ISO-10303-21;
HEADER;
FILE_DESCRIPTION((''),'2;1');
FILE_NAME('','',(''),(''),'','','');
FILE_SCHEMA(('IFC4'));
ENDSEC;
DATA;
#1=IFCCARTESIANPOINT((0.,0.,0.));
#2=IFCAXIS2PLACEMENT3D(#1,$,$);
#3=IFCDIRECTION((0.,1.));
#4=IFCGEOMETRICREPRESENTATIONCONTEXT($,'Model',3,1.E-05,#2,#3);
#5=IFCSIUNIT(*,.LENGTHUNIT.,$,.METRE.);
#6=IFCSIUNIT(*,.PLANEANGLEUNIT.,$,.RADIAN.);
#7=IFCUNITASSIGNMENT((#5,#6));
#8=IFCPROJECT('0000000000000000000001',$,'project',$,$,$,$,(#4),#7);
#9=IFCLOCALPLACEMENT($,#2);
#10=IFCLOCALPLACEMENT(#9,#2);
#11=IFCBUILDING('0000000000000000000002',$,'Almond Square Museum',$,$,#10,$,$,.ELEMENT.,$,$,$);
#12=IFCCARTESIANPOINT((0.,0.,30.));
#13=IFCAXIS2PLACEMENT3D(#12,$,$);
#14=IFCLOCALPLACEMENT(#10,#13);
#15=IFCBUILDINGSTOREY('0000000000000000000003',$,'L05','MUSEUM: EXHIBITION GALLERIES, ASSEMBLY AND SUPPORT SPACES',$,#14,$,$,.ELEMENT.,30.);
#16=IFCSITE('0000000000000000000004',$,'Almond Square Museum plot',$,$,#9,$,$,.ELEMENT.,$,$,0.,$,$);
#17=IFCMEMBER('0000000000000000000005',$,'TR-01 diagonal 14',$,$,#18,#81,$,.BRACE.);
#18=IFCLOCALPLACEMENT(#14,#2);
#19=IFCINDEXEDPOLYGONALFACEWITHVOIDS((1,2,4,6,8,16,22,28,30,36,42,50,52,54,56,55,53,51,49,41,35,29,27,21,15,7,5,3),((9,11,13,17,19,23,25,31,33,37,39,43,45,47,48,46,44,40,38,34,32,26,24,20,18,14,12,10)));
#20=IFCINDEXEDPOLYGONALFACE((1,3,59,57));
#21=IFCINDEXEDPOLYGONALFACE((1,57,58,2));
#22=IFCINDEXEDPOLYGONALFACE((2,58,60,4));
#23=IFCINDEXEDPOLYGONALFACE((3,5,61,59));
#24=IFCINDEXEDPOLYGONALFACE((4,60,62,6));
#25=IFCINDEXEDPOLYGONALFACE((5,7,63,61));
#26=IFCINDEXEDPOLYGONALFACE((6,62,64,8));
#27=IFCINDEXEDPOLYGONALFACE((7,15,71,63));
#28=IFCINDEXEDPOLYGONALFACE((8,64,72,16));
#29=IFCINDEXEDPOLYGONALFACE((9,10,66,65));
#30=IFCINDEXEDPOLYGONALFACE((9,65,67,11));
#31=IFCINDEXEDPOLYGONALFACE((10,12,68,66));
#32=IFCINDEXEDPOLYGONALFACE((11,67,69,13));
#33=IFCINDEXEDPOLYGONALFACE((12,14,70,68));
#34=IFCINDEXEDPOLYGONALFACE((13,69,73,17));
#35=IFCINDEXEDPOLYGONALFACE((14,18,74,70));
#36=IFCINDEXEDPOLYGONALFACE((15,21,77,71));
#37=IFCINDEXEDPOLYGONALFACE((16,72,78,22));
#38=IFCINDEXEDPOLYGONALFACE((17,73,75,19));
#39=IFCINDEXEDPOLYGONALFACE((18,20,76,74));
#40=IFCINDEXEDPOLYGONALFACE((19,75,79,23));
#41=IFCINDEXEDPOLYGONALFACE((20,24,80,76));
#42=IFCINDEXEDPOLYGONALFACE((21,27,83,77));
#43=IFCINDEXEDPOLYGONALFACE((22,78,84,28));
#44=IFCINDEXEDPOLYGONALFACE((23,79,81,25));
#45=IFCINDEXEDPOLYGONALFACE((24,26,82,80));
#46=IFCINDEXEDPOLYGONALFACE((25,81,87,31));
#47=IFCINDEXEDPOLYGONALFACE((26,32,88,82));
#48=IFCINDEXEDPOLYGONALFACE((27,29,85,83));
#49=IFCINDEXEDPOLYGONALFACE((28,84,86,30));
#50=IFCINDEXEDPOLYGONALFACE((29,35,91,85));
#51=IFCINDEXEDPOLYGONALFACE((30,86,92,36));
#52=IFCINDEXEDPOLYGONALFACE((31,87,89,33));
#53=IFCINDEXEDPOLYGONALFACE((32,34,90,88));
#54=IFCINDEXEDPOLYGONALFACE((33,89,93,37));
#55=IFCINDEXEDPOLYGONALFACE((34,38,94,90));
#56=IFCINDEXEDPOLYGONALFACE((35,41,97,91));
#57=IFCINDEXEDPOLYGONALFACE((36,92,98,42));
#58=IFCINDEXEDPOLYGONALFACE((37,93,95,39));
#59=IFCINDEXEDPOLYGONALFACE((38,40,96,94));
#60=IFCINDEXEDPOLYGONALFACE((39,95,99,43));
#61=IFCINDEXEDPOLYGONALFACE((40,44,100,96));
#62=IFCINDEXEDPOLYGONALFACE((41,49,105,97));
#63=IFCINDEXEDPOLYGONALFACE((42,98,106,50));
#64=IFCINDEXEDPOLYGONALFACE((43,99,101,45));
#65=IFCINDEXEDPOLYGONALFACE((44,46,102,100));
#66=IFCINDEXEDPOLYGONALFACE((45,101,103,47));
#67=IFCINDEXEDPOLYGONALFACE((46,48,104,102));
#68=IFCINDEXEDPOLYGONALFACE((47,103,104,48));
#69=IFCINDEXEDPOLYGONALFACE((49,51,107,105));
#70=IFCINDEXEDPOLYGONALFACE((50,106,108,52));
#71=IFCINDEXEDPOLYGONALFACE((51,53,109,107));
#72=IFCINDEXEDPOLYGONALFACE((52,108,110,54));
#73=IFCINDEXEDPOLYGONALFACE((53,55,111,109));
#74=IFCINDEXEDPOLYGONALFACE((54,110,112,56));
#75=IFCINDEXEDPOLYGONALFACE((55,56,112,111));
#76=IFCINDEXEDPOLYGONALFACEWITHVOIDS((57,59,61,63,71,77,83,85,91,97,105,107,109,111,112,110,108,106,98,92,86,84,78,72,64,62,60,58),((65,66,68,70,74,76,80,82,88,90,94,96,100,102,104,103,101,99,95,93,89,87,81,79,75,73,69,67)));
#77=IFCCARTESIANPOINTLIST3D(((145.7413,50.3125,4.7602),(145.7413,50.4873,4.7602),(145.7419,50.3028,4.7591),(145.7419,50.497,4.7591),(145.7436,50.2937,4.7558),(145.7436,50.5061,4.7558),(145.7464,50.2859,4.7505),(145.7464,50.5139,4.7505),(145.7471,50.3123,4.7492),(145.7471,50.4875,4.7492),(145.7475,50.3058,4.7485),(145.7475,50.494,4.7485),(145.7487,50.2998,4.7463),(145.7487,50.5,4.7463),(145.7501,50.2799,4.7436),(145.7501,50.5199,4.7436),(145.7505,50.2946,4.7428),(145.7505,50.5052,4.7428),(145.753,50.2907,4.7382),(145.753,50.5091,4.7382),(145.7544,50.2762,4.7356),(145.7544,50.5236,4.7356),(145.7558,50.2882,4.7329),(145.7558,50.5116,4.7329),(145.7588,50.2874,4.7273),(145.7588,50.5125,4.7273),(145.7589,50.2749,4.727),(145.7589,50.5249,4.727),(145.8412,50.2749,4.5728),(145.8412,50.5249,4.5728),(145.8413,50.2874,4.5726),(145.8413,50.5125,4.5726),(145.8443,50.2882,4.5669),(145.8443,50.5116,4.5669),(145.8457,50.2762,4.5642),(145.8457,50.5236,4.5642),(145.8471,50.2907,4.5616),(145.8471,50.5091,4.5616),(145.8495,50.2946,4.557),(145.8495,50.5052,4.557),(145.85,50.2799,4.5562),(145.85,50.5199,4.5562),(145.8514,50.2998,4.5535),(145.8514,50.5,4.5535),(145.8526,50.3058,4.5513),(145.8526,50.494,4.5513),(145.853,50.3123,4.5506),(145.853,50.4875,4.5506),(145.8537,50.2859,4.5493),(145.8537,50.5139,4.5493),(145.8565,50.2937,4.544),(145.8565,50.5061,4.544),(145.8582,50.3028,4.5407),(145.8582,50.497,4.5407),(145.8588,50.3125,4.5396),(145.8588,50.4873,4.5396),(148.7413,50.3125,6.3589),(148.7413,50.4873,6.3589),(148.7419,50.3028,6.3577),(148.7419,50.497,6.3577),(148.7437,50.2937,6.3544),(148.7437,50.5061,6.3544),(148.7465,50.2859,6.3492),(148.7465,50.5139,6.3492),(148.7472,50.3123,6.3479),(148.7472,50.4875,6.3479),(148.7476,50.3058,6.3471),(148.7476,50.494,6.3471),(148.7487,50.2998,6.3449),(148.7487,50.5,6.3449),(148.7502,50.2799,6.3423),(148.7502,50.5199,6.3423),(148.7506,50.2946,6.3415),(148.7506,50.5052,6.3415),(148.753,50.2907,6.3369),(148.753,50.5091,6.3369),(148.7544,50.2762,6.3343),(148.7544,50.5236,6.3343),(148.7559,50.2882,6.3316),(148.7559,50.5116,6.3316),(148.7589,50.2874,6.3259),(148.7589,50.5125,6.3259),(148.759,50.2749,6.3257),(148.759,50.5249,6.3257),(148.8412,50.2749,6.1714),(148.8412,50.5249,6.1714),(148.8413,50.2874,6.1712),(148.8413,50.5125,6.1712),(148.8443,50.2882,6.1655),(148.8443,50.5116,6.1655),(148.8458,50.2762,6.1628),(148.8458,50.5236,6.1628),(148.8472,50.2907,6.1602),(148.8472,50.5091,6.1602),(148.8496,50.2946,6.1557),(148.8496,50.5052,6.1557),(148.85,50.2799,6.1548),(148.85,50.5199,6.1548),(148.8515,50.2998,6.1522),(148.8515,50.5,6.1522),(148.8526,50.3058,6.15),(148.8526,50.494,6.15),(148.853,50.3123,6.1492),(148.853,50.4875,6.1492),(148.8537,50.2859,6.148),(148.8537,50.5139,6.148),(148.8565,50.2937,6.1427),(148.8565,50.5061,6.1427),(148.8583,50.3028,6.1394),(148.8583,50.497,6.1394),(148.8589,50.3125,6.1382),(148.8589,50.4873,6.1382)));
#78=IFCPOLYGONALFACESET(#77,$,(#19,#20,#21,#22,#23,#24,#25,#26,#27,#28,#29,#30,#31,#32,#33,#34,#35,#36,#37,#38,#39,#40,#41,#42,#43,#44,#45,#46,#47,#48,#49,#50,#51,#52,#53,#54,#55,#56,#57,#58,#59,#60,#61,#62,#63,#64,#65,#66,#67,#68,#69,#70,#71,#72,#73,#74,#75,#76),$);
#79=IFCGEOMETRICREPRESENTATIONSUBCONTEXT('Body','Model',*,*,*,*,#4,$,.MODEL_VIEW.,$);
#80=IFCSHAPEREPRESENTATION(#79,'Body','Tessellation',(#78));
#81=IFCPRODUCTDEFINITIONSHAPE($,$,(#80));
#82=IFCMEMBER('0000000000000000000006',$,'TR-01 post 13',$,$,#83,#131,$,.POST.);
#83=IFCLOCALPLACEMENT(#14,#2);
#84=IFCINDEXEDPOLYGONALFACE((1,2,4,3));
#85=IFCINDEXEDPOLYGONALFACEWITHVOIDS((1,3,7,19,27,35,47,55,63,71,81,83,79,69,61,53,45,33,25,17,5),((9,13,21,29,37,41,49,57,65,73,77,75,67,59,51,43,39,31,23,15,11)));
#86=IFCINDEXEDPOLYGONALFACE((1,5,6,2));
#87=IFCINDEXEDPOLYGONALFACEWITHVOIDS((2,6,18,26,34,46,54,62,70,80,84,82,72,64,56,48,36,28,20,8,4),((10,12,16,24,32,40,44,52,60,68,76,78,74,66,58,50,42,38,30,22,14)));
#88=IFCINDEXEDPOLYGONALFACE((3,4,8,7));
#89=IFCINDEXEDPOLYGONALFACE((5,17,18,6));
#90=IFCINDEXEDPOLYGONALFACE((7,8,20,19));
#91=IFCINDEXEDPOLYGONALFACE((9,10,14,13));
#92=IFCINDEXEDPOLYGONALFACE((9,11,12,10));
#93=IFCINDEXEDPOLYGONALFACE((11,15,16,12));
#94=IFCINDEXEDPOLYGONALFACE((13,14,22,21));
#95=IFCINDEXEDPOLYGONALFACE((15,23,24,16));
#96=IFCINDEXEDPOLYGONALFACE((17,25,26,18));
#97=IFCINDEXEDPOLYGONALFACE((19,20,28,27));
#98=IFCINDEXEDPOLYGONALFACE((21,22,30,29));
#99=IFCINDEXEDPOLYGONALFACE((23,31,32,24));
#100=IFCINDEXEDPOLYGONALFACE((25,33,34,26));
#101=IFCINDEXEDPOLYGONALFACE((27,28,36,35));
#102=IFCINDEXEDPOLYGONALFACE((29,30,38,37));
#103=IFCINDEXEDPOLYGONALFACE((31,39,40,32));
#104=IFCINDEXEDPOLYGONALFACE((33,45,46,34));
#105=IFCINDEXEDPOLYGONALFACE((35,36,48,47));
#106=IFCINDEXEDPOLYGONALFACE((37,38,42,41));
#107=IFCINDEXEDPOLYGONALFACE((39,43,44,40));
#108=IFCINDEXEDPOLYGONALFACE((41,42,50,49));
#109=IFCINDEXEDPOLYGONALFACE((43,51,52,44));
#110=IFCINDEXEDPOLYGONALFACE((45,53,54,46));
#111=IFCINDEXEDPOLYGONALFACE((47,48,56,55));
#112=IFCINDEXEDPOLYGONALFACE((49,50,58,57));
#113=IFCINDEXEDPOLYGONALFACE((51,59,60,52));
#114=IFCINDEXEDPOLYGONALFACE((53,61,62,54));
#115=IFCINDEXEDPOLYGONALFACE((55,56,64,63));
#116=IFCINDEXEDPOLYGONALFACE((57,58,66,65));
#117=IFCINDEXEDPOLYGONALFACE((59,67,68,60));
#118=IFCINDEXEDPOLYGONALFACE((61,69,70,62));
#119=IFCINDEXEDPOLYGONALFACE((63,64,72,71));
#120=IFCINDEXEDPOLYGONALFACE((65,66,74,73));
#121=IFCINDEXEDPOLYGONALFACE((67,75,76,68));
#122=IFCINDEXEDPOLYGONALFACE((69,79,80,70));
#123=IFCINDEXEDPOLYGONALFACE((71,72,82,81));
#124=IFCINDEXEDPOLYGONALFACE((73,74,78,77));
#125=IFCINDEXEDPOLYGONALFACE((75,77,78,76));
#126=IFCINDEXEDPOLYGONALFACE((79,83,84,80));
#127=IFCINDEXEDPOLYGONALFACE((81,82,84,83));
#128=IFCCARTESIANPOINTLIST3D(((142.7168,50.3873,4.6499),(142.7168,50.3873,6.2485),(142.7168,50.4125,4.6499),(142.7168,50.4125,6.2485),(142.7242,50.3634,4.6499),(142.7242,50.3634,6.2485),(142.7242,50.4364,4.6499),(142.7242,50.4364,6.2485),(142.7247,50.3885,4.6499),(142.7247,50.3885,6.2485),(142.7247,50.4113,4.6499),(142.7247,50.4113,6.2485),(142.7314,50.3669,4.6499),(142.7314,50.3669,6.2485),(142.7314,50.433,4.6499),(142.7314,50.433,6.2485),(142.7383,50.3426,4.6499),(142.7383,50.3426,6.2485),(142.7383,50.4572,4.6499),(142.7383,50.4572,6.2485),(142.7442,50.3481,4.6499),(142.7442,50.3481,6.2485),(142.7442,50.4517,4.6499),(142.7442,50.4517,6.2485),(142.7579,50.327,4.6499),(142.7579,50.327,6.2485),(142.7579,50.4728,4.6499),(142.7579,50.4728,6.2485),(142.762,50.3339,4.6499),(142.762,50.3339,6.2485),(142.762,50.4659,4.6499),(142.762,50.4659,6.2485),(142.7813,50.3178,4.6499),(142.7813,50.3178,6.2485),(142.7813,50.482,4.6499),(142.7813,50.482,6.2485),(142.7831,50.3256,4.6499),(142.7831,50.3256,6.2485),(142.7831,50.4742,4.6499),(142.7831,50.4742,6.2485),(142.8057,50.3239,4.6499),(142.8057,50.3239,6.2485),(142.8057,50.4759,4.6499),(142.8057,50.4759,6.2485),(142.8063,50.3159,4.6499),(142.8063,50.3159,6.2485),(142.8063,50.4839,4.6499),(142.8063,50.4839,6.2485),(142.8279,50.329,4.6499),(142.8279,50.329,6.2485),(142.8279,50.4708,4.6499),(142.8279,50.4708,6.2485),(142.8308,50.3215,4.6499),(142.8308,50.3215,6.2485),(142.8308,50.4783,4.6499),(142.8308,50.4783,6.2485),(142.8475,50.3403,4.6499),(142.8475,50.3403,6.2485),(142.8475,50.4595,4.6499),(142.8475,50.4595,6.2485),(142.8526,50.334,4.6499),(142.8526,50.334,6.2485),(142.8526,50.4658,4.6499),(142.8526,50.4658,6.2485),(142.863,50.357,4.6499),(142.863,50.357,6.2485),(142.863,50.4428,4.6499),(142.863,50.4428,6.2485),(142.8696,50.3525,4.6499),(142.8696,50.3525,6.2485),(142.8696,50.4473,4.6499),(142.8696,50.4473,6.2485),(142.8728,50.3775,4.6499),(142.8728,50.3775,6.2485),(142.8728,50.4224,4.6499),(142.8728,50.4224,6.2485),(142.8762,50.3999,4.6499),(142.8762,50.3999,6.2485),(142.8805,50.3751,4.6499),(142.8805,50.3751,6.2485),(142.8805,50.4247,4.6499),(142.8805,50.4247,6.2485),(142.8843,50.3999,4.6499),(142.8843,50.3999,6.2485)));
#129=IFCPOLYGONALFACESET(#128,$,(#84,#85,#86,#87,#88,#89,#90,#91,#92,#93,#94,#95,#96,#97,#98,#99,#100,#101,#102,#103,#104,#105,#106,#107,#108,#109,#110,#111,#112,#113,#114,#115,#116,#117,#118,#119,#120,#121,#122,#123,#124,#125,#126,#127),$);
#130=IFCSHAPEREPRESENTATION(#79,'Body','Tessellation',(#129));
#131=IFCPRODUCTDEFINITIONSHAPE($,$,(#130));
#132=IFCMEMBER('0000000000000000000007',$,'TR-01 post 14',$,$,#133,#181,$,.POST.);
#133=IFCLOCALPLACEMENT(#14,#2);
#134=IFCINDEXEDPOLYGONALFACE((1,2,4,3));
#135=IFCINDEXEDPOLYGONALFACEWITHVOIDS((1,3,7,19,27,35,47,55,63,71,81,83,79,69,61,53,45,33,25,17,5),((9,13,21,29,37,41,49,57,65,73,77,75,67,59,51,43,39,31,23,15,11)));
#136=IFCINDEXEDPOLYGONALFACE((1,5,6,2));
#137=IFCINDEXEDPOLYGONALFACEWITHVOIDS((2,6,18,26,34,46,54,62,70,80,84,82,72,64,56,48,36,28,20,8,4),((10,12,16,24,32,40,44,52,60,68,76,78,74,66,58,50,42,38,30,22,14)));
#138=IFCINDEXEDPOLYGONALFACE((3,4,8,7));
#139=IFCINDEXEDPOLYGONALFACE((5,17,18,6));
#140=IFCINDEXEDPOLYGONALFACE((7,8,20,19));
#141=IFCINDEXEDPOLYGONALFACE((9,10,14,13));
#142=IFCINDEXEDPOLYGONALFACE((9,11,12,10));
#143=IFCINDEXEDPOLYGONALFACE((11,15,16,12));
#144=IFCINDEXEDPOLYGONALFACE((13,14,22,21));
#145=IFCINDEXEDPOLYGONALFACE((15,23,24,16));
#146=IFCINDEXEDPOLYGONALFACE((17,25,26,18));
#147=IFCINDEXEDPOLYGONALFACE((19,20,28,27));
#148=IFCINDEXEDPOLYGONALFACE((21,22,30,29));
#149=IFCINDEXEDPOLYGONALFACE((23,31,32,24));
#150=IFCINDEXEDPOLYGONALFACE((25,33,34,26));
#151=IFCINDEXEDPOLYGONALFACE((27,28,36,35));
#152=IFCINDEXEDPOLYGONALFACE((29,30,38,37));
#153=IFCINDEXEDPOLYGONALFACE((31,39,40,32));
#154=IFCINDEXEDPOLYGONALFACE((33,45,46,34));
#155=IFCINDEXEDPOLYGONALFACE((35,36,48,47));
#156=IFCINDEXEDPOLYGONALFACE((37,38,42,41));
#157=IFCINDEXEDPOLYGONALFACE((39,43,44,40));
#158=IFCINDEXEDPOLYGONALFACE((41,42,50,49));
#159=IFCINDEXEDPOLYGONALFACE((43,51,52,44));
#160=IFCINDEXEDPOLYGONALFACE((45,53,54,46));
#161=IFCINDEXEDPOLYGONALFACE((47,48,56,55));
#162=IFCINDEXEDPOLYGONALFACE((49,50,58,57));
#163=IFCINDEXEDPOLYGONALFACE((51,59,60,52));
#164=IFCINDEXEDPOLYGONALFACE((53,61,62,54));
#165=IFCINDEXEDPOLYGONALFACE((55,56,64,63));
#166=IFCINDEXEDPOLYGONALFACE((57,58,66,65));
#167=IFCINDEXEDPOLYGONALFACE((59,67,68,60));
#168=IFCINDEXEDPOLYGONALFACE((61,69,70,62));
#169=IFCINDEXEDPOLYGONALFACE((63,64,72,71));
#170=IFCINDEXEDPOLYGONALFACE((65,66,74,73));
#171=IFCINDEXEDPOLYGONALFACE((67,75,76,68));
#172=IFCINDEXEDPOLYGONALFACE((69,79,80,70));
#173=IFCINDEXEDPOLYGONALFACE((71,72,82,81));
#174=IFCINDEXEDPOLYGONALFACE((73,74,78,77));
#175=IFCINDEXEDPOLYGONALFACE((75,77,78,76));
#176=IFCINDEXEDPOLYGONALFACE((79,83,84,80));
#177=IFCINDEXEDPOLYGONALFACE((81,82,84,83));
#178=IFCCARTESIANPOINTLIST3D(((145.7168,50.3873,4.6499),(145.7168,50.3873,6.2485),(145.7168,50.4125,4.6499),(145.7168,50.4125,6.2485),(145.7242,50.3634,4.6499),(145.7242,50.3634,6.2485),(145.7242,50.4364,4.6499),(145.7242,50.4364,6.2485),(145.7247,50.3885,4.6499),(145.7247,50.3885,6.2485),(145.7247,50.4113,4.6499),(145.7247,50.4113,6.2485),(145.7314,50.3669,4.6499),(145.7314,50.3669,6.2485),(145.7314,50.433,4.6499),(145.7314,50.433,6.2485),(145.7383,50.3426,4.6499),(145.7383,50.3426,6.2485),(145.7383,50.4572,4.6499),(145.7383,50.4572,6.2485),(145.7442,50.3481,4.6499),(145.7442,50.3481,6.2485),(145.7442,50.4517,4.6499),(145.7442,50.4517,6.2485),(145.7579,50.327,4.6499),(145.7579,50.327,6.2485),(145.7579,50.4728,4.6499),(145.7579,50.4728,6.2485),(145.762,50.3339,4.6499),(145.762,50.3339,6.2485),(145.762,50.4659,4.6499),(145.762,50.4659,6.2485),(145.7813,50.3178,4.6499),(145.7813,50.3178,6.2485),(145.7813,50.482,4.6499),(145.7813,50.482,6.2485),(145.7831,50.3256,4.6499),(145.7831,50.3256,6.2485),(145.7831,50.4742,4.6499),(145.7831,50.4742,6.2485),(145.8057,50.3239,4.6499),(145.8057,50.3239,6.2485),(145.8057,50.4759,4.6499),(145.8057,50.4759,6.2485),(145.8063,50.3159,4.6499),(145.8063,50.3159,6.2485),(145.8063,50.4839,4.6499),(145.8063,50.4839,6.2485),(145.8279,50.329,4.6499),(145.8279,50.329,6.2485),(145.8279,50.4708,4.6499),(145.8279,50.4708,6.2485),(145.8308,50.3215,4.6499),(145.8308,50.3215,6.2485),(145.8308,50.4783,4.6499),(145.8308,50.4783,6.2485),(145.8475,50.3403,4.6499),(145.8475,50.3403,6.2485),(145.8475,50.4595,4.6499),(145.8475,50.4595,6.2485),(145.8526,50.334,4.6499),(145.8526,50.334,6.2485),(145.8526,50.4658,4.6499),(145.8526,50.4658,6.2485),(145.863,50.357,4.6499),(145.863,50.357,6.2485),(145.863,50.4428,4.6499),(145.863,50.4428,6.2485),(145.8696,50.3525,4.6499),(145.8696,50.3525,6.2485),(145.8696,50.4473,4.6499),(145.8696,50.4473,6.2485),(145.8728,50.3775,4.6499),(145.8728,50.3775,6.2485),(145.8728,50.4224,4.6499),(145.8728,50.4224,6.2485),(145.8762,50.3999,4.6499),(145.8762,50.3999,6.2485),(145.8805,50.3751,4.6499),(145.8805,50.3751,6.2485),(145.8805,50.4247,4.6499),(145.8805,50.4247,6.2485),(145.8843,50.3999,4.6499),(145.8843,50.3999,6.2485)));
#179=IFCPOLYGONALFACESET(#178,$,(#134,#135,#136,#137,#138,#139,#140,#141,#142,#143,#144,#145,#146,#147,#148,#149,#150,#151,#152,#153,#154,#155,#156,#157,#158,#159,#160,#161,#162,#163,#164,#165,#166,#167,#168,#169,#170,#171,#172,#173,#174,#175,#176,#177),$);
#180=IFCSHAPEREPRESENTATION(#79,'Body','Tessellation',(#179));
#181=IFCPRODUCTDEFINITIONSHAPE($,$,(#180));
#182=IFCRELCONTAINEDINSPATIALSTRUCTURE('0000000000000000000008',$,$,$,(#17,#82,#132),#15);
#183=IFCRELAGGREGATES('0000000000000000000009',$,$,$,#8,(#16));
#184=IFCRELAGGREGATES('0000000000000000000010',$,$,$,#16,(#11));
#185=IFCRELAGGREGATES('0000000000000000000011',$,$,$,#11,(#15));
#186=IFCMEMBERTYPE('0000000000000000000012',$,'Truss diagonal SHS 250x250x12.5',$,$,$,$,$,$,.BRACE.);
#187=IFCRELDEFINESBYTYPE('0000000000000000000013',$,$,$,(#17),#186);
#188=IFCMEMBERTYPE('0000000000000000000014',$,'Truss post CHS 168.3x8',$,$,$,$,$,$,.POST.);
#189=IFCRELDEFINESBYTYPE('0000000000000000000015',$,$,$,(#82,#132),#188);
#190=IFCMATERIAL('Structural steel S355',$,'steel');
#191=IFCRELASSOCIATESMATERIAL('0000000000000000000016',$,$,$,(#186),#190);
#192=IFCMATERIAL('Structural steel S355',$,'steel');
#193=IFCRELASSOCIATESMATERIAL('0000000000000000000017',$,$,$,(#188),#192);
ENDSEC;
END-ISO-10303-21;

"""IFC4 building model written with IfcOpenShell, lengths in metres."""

from ifc_helpers import new_model, si_unit, direction, frame, origin, origin_2d, place, context, subcontext, project, spatial, hollow_rectangle, hollow_circle, extrude, material, material_profile, profile_set, type_object, element, save


model = new_model("IFC4")

# Units and contexts
model_context = context("Model", 3, precision=1e-05, world=origin(), true_north=direction((0.0, 1.0)))
body_context = subcontext(model_context, "Body", "Model", "MODEL_VIEW")
ifc_project = project(units=[si_unit("LENGTHUNIT", "METRE"), si_unit("PLANEANGLEUNIT", "RADIAN")], contexts=[model_context])

# Site, building, storey
site_placement = place(None, origin())
site = spatial("IfcSite", under=ifc_project, at=site_placement, Name="Almond Square Museum plot", CompositionType="ELEMENT", RefElevation=0.0)
building_placement = place(site_placement, origin())
building = spatial("IfcBuilding", under=site, at=building_placement, Name="Almond Square Museum", CompositionType="ELEMENT")
storey_placement = place(building_placement, frame((0.0, 0.0, 30.0)))
storey = spatial("IfcBuildingStorey", under=building, at=storey_placement, Name="L05", Description="MUSEUM: EXHIBITION GALLERIES, ASSEMBLY AND SUPPORT SPACES", CompositionType="ELEMENT", Elevation=30.0)

# Members
ifc_material_1 = material(Name="Structural steel S355", Category="steel")
ifc_material_profile_1 = material_profile(ifc_material_1, hollow_rectangle(XDim=0.25, YDim=0.25, WallThickness=0.0125, InnerFilletRadius=0.0249, OuterFilletRadius=0.0376, at=origin_2d()))
ifc_profile_set_1 = profile_set([ifc_material_profile_1], Name="Structural steel S355")
member_type_1 = type_object("IfcMemberType", Name="Truss diagonal SHS 250x250x12.5", PredefinedType="BRACE", material=ifc_profile_set_1)
member_1_placement = place(storey_placement, frame((145.8, 50.3999, 4.6499), z_axis=(0.88252, 0.0, 0.470275), x_axis=(0.0, 1.0, 0.0)))
element("IfcMember", 1, at=member_1_placement, inside=storey, type_object=member_type_1, Name="TR-01 diagonal 14", PredefinedType="BRACE", context=body_context, shape_type="SweptSolid", body=[
    extrude(hollow_rectangle(XDim=0.25, YDim=0.25, WallThickness=0.0125, InnerFilletRadius=0.0249, OuterFilletRadius=0.0376, at=origin_2d()), origin(), (0.0, 0.0, 1.0), 3.3994),
])
ifc_material_2 = material(Name="Structural steel S355", Category="steel")
ifc_material_profile_2 = material_profile(ifc_material_2, hollow_circle(Radius=0.0842, WallThickness=0.0081, at=origin_2d()))
ifc_profile_set_2 = profile_set([ifc_material_profile_2], Name="Structural steel S355")
member_type_2 = type_object("IfcMemberType", Name="Truss post CHS 168.3x8", PredefinedType="POST", material=ifc_profile_set_2)
for number, where, z_axis, x_axis, name in (
    (2, (142.8, 50.3999, 4.6499), (0.0, 0.0, 1.0), (1.0, 0.0, 0.0), "TR-01 post 13"),
    (3, (145.8, 50.3999, 4.6499), (0.0, 0.0, 1.0), (1.0, 0.0, 0.0), "TR-01 post 14"),
):
    element("IfcMember", number, at=place(storey_placement, frame(where, z_axis=z_axis, x_axis=x_axis)), inside=storey, type_object=member_type_2, Name=name, PredefinedType="POST", context=body_context, shape_type="SweptSolid", body=[
        extrude(hollow_circle(Radius=0.0842, WallThickness=0.0081, at=origin_2d()), origin(), (0.0, 0.0, 1.0), 1.5986),
    ])

save(model, "model.ifc")
